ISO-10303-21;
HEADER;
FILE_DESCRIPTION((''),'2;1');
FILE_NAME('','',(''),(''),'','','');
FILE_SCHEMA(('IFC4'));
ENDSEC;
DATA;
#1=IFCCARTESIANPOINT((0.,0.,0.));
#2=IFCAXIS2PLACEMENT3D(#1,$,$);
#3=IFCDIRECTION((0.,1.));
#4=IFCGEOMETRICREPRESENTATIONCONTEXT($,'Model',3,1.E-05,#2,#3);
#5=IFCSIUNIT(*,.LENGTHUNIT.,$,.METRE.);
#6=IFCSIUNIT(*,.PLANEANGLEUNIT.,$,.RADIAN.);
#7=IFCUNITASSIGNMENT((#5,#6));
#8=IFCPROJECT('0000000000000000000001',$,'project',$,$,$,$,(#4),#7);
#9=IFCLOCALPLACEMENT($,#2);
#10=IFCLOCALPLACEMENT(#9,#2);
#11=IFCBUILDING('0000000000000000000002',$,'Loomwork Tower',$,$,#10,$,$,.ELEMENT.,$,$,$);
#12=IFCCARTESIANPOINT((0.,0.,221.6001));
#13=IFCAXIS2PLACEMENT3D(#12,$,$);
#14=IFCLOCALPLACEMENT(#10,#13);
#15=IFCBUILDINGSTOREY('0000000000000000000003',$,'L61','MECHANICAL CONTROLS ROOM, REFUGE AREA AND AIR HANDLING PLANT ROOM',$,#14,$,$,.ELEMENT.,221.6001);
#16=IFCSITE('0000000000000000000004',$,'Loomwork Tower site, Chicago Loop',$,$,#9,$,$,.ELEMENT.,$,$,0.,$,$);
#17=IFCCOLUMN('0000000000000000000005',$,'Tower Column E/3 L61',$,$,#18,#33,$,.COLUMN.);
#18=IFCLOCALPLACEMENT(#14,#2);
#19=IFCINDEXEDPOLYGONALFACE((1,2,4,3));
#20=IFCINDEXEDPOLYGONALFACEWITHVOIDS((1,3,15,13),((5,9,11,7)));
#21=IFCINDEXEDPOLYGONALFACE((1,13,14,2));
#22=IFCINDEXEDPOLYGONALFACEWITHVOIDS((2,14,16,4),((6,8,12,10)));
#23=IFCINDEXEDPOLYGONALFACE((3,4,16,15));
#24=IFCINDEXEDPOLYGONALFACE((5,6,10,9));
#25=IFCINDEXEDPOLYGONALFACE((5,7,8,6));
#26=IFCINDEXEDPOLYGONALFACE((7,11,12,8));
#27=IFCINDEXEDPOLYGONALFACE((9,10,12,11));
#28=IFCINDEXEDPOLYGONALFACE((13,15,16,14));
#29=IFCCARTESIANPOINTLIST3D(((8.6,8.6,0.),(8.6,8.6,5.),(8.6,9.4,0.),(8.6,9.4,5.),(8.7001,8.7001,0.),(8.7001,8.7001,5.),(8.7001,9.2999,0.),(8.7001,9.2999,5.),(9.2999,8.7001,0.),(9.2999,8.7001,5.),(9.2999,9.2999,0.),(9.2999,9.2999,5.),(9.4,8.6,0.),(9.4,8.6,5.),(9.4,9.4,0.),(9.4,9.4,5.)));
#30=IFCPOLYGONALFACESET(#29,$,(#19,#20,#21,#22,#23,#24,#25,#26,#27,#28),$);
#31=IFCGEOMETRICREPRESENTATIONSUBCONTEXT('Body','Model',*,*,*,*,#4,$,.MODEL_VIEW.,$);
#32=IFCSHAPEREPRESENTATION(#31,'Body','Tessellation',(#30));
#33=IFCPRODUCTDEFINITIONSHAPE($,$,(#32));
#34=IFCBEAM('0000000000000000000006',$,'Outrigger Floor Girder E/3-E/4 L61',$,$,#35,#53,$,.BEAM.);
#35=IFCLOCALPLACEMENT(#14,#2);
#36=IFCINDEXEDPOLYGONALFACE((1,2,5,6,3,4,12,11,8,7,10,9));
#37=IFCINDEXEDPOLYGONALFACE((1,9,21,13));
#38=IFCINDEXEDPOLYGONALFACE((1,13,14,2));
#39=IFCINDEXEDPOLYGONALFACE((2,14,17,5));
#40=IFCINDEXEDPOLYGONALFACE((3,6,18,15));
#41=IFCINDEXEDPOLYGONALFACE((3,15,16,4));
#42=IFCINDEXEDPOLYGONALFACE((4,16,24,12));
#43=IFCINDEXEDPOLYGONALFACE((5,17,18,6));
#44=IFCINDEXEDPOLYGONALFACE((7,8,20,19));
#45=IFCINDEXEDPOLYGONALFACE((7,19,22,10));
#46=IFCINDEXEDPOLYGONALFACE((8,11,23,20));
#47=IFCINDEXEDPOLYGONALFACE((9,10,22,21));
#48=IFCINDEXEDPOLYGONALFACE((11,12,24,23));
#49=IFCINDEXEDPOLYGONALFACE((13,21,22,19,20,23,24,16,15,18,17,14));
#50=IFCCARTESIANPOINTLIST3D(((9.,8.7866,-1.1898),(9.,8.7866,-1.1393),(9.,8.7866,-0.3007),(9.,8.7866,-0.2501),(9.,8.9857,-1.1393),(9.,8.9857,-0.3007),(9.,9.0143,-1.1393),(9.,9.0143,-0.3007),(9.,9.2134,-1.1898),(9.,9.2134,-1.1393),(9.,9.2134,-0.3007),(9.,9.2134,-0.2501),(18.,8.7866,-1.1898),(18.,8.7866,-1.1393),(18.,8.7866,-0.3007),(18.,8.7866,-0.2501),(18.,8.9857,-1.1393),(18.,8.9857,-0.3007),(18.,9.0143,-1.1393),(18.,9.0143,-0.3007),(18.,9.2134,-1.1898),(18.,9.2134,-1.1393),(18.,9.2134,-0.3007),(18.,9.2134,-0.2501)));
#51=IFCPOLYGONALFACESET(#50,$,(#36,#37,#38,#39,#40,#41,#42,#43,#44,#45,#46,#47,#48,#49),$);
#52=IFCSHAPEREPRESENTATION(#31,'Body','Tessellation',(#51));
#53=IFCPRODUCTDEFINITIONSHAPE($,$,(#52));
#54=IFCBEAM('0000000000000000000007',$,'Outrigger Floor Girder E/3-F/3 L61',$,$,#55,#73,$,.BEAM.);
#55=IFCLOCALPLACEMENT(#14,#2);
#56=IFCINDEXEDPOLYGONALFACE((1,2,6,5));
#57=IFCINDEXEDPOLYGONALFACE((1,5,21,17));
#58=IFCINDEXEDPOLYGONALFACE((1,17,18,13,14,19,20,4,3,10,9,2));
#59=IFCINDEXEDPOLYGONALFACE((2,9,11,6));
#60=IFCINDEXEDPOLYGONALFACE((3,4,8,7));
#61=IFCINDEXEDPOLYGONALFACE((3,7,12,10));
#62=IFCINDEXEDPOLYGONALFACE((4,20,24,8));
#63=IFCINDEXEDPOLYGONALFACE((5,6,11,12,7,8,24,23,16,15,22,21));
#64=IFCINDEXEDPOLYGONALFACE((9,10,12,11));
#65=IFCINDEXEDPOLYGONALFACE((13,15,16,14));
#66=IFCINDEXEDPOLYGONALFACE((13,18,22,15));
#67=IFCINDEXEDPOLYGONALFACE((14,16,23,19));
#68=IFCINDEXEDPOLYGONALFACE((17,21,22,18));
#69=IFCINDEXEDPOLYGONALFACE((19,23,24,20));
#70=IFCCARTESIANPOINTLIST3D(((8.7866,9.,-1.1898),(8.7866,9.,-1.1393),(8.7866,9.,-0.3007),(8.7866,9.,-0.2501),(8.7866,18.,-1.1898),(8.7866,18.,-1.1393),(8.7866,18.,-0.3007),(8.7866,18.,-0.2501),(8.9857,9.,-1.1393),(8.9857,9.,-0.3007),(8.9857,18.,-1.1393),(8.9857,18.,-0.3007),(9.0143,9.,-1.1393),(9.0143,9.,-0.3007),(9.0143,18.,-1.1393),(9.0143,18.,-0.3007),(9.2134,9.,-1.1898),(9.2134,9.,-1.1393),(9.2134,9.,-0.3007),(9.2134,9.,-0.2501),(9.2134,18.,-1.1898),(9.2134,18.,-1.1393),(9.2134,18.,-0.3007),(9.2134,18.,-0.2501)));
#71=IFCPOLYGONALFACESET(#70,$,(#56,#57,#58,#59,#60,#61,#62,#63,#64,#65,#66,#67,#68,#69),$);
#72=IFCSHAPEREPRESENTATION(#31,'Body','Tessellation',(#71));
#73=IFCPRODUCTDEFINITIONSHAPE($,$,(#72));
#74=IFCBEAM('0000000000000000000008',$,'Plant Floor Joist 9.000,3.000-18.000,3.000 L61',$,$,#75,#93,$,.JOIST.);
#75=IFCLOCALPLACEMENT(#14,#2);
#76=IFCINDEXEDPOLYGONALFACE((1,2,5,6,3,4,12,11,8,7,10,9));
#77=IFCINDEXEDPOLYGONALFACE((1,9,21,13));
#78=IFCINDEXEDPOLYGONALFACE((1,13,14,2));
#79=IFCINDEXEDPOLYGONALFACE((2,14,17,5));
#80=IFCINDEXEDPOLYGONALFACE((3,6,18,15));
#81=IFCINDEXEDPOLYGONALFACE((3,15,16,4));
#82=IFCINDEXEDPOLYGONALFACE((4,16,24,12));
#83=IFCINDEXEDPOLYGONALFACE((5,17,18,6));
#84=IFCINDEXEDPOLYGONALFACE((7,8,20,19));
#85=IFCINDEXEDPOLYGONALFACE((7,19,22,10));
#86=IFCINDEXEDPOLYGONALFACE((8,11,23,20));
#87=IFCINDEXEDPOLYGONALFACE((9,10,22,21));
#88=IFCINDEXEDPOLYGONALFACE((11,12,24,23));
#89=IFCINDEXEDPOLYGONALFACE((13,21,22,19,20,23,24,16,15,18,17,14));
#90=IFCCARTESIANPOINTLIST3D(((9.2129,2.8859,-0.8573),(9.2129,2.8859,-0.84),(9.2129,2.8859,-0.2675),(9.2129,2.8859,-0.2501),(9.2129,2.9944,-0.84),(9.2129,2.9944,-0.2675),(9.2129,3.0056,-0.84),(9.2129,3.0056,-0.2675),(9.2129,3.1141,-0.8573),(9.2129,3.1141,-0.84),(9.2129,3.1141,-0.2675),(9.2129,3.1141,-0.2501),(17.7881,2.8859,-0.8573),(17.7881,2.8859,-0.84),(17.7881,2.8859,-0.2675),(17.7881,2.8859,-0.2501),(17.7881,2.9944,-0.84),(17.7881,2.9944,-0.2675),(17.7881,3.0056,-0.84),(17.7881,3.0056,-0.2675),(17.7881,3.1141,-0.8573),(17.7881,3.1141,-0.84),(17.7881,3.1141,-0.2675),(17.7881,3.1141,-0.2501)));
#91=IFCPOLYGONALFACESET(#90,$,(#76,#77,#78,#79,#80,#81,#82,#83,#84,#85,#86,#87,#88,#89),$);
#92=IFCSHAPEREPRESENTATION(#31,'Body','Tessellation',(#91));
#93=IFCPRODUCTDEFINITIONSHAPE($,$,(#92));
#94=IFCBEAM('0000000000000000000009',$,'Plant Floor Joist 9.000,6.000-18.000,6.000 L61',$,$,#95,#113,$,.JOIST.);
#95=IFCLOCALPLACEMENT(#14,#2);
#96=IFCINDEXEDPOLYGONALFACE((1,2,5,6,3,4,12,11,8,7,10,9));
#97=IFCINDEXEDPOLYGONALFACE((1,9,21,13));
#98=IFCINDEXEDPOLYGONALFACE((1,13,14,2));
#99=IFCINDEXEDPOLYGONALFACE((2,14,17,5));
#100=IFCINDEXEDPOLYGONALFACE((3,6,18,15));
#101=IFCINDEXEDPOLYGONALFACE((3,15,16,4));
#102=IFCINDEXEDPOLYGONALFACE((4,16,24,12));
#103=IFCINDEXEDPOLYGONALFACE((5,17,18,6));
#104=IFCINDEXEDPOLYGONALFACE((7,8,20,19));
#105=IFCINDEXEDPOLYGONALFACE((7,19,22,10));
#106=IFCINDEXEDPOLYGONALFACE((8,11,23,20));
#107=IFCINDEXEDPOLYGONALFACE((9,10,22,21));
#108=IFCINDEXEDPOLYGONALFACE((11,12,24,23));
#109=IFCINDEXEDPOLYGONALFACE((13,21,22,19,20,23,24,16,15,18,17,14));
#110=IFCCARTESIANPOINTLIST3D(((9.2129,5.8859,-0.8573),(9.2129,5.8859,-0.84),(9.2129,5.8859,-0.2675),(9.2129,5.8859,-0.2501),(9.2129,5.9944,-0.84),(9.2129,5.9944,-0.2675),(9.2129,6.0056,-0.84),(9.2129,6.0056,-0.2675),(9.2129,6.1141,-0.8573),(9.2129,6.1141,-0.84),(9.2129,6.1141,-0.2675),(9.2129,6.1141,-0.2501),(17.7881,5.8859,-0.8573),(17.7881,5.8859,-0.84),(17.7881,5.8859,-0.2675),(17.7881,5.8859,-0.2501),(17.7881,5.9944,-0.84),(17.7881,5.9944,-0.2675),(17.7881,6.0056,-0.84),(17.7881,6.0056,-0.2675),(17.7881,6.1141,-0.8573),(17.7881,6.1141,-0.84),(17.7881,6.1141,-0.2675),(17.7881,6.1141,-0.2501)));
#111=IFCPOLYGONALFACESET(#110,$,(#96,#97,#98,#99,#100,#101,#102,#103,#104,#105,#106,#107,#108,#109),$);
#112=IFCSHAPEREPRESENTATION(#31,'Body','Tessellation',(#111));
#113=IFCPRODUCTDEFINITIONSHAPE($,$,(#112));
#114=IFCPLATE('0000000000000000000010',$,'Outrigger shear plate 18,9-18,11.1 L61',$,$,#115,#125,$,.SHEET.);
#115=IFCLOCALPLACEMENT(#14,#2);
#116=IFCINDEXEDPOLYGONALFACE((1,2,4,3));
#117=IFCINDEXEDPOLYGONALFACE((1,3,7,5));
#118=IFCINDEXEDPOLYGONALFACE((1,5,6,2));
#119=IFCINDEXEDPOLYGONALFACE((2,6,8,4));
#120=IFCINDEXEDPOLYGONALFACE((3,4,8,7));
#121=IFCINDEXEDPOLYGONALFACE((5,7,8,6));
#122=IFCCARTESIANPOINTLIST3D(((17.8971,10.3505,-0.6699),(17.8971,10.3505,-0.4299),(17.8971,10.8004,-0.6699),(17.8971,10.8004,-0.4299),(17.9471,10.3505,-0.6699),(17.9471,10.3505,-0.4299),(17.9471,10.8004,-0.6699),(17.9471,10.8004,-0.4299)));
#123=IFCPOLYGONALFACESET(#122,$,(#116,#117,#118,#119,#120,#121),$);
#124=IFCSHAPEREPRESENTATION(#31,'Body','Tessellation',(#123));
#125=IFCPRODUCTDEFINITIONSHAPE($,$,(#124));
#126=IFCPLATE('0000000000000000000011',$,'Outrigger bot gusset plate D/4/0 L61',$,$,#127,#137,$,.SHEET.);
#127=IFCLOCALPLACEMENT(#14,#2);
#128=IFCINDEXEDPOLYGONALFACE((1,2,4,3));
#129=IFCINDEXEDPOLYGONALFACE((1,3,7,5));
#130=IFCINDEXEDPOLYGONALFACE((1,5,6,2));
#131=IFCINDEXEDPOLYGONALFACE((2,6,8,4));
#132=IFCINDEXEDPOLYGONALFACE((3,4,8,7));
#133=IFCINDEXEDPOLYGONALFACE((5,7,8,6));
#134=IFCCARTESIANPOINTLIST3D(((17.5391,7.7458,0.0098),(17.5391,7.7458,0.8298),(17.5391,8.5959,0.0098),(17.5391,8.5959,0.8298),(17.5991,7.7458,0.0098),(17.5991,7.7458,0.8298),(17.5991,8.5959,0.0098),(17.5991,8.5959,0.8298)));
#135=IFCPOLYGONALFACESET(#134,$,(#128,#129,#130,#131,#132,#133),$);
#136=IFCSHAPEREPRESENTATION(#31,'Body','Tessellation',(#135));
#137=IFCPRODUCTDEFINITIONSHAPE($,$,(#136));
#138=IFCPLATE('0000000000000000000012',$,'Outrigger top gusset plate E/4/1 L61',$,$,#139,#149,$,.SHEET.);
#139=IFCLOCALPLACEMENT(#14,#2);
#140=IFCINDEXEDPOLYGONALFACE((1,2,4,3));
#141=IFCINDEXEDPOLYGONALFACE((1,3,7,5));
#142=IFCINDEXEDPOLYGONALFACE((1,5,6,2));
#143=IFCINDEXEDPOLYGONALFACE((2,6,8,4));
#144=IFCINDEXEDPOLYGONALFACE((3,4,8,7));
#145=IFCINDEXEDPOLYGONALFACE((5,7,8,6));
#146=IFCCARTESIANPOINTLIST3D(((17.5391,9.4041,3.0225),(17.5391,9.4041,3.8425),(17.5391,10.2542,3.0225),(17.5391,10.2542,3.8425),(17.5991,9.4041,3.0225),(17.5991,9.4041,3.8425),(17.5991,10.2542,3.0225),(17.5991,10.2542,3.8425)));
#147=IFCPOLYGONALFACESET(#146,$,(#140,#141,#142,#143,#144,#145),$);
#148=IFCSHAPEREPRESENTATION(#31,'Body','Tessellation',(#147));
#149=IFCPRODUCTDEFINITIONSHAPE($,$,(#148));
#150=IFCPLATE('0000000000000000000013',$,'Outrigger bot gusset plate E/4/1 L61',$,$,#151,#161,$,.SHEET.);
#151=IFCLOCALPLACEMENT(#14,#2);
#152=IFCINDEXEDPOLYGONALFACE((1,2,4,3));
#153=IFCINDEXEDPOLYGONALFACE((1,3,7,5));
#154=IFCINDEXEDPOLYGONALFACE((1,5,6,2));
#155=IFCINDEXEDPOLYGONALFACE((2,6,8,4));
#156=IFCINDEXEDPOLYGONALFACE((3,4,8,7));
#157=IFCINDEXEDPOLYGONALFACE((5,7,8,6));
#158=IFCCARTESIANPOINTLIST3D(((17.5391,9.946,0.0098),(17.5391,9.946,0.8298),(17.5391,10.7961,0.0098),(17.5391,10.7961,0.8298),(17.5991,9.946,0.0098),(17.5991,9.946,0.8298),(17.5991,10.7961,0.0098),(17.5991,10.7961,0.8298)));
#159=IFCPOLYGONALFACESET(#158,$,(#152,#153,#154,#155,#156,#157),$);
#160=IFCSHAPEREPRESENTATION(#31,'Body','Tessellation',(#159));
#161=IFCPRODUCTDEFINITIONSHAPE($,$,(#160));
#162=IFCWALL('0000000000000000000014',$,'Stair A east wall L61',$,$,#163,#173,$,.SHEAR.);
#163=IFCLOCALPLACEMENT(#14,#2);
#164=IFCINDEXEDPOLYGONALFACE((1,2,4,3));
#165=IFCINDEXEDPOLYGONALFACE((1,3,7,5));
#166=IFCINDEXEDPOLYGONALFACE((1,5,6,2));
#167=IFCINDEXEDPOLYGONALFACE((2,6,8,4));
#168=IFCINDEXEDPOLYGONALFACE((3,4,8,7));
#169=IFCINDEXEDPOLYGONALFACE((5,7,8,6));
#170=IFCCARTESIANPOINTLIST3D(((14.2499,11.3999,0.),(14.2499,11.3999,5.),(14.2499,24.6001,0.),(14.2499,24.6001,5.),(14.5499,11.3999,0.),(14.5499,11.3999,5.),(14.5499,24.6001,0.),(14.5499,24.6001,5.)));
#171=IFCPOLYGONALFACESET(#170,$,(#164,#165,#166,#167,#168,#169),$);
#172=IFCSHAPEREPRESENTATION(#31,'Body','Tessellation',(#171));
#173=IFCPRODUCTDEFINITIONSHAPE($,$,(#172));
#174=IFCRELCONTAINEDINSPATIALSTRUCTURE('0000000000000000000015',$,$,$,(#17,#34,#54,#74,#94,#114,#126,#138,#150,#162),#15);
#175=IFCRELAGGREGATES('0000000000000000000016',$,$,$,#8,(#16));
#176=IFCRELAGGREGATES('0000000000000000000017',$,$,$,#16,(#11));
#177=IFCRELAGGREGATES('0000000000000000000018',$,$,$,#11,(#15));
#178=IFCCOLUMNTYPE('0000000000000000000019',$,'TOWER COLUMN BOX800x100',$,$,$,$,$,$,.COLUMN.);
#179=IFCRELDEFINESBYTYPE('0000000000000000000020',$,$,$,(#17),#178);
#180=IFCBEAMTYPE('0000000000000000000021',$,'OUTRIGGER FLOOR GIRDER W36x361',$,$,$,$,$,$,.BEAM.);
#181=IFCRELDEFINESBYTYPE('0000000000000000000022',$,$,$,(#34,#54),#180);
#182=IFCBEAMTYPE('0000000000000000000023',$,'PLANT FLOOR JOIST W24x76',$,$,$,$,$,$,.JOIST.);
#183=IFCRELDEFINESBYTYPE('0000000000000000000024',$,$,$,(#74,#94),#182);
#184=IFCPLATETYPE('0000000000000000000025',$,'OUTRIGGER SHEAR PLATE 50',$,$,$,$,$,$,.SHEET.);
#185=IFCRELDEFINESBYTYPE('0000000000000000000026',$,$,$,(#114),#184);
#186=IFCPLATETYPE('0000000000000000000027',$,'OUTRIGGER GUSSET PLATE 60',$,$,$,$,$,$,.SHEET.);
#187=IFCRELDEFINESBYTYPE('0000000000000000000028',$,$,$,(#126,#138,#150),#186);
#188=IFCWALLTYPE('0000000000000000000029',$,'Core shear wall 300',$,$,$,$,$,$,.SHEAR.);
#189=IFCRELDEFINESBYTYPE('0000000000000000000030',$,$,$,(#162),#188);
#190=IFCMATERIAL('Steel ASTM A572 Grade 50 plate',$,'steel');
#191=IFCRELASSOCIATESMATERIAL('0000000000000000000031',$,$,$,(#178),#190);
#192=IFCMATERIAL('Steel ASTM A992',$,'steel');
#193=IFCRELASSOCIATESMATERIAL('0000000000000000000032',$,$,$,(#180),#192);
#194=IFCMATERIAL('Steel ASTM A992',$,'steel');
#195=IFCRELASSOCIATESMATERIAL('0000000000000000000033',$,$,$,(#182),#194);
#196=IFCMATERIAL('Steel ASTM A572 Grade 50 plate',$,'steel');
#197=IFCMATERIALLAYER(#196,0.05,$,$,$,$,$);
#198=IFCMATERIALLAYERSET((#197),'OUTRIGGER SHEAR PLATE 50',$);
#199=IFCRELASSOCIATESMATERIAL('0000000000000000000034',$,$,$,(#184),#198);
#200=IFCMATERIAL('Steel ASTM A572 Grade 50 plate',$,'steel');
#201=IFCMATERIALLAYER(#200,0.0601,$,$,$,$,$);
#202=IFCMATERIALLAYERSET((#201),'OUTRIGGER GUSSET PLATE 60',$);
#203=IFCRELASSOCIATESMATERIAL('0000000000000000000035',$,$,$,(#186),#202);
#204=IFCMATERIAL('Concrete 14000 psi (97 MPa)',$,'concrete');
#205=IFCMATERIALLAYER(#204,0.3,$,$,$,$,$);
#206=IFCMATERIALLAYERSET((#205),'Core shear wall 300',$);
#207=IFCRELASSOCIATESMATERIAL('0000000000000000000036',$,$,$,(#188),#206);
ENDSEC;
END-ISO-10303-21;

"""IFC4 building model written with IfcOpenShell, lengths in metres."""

from ifc_helpers import new_model, si_unit, direction, frame, frame_2d, origin, origin_2d, place, context, subcontext, project, spatial, rectangle, hollow_rectangle, i_section, extrude, material, layer, layer_set, material_profile, profile_set, type_object, element, save


model = new_model("IFC4")

# Units and contexts
model_context = context("Model", 3, precision=1e-05, world=origin(), true_north=direction((0.0, 1.0)))
body_context = subcontext(model_context, "Body", "Model", "MODEL_VIEW")
ifc_project = project(units=[si_unit("LENGTHUNIT", "METRE"), si_unit("PLANEANGLEUNIT", "RADIAN")], contexts=[model_context])

# Site, building, storey
site_placement = place(None, origin())
site = spatial("IfcSite", under=ifc_project, at=site_placement, Name="Loomwork Tower site, Chicago Loop", CompositionType="ELEMENT", RefElevation=0.0)
building_placement = place(site_placement, origin())
building = spatial("IfcBuilding", under=site, at=building_placement, Name="Loomwork Tower", CompositionType="ELEMENT")
storey_placement = place(building_placement, frame((0.0, 0.0, 221.6001)))
storey = spatial("IfcBuildingStorey", under=building, at=storey_placement, Name="L61", Description="MECHANICAL CONTROLS ROOM, REFUGE AREA AND AIR HANDLING PLANT ROOM", CompositionType="ELEMENT", Elevation=221.6001)

# Column
ifc_material_1 = material(Name="Steel ASTM A572 Grade 50 plate", Category="steel")
ifc_material_profile_1 = material_profile(ifc_material_1, hollow_rectangle(XDim=0.8, YDim=0.8, WallThickness=0.1001, at=origin_2d()), Name="BOX800x100")
ifc_profile_set_1 = profile_set([ifc_material_profile_1], Name="Steel ASTM A572 Grade 50 plate")
column_type = type_object("IfcColumnType", Name="TOWER COLUMN BOX800x100", PredefinedType="COLUMN", material=ifc_profile_set_1)
column_placement = place(storey_placement, frame((9.0, 9.0, 0.0), z_axis=(0.0, 0.0, 1.0), x_axis=(1.0, 0.0, 0.0)))
element("IfcColumn", 1, at=column_placement, inside=storey, type_object=column_type, Name="Tower Column E/3 L61", PredefinedType="COLUMN", context=body_context, shape_type="SweptSolid", body=[
    extrude(hollow_rectangle(XDim=0.8, YDim=0.8, WallThickness=0.1001, at=origin_2d()), origin(), (0.0, 0.0, 1.0), 5.0),
])

# Beams
ifc_material_2 = material(Name="Steel ASTM A992", Category="steel")
ifc_material_profile_2 = material_profile(ifc_material_2, i_section(OverallWidth=0.4268, OverallDepth=0.9397, WebThickness=0.0286, FlangeThickness=0.0505, at=origin_2d()), Name="W36x361")
ifc_profile_set_2 = profile_set([ifc_material_profile_2], Name="Steel ASTM A992")
beam_type_1 = type_object("IfcBeamType", Name="OUTRIGGER FLOOR GIRDER W36x361", PredefinedType="BEAM", material=ifc_profile_set_2)
for number, where, z_axis, x_axis, name in (
    (2, (9.0, 9.0, -0.72), (1.0, 0.0, 0.0), (0.0, 1.0, 0.0), "Outrigger Floor Girder E/3-E/4 L61"),
    (3, (9.0, 9.0, -0.72), (0.0, 1.0, 0.0), (-1.0, 0.0, 0.0), "Outrigger Floor Girder E/3-F/3 L61"),
):
    element("IfcBeam", number, at=place(storey_placement, frame(where, z_axis=z_axis, x_axis=x_axis)), inside=storey, type_object=beam_type_1, Name=name, PredefinedType="BEAM", context=body_context, shape_type="SweptSolid", body=[
        extrude(i_section(OverallWidth=0.4268, OverallDepth=0.9397, WebThickness=0.0286, FlangeThickness=0.0505, at=origin_2d()), origin(), (0.0, 0.0, 1.0), 9.0),
    ])
ifc_material_3 = material(Name="Steel ASTM A992", Category="steel")
ifc_material_profile_3 = material_profile(ifc_material_3, i_section(OverallWidth=0.2283, OverallDepth=0.6072, WebThickness=0.0112, FlangeThickness=0.0173, at=origin_2d()), Name="W24x76")
ifc_profile_set_3 = profile_set([ifc_material_profile_3], Name="Steel ASTM A992")
beam_type_2 = type_object("IfcBeamType", Name="PLANT FLOOR JOIST W24x76", PredefinedType="JOIST", material=ifc_profile_set_3)
for number, where, z_axis, x_axis, name in (
    (4, (9.2129, 3.0, -0.5537), (1.0, 0.0, 0.0), (0.0, 1.0, 0.0), "Plant Floor Joist 9.000,3.000-18.000,3.000 L61"),
    (5, (9.2129, 6.0, -0.5537), (1.0, 0.0, 0.0), (0.0, 1.0, 0.0), "Plant Floor Joist 9.000,6.000-18.000,6.000 L61"),
):
    element("IfcBeam", number, at=place(storey_placement, frame(where, z_axis=z_axis, x_axis=x_axis)), inside=storey, type_object=beam_type_2, Name=name, PredefinedType="JOIST", context=body_context, shape_type="SweptSolid", body=[
        extrude(i_section(OverallWidth=0.2283, OverallDepth=0.6072, WebThickness=0.0112, FlangeThickness=0.0173, at=origin_2d()), origin(), (0.0, 0.0, 1.0), 8.5752),
    ])

# Plates
ifc_material_4 = material(Name="Steel ASTM A572 Grade 50 plate", Category="steel")
ifc_layer_1 = layer(ifc_material_4, 0.05)
ifc_layer_set_1 = layer_set([ifc_layer_1], Name="OUTRIGGER SHEAR PLATE 50")
plate_type_1 = type_object("IfcPlateType", Name="OUTRIGGER SHEAR PLATE 50", PredefinedType="SHEET", material=ifc_layer_set_1)
plate_placement = place(storey_placement, frame((17.9221, 10.5754, -0.6699), z_axis=(0.0, 0.0, 1.0), x_axis=(0.0, 1.0, 0.0)))
element("IfcPlate", 6, at=plate_placement, inside=storey, type_object=plate_type_1, Name="Outrigger shear plate 18,9-18,11.1 L61", PredefinedType="SHEET", context=body_context, shape_type="SweptSolid", body=[
    extrude(rectangle(XDim=0.45, YDim=0.05, at=origin_2d()), origin(), (0.0, 0.0, 1.0), 0.24),
])
ifc_material_5 = material(Name="Steel ASTM A572 Grade 50 plate", Category="steel")
ifc_layer_2 = layer(ifc_material_5, 0.0601)
ifc_layer_set_2 = layer_set([ifc_layer_2], Name="OUTRIGGER GUSSET PLATE 60")
plate_type_2 = type_object("IfcPlateType", Name="OUTRIGGER GUSSET PLATE 60", PredefinedType="SHEET", material=ifc_layer_set_2)
for number, where, z_axis, x_axis, name in (
    (7, (17.5691, 8.1709, 0.0098), (0.0, 0.0, 1.0), (0.0, 1.0, 0.0), "Outrigger bot gusset plate D/4/0 L61"),
    (8, (17.5691, 9.8291, 3.0225), (0.0, 0.0, 1.0), (0.0, 1.0, 0.0), "Outrigger top gusset plate E/4/1 L61"),
    (9, (17.5691, 10.3711, 0.0098), (0.0, 0.0, 1.0), (0.0, 1.0, 0.0), "Outrigger bot gusset plate E/4/1 L61"),
):
    element("IfcPlate", number, at=place(storey_placement, frame(where, z_axis=z_axis, x_axis=x_axis)), inside=storey, type_object=plate_type_2, Name=name, PredefinedType="SHEET", context=body_context, shape_type="SweptSolid", body=[
        extrude(rectangle(XDim=0.8501, YDim=0.0601, at=origin_2d()), origin(), (0.0, 0.0, 1.0), 0.8201),
    ])

# Wall
ifc_material_6 = material(Name="Concrete 14000 psi (97 MPa)", Category="concrete")
ifc_layer_3 = layer(ifc_material_6, 0.3)
ifc_layer_set_3 = layer_set([ifc_layer_3], Name="Core shear wall 300")
wall_type_1 = type_object("IfcWallType", Name="Core shear wall 300", PredefinedType="SHEAR", material=ifc_layer_set_3)
wall_1_placement = place(storey_placement, frame((14.3999, 11.3999, 0.0), z_axis=(0.0, 0.0, 1.0), x_axis=(0.0, 1.0, 0.0)))
element("IfcWall", 10, at=wall_1_placement, inside=storey, type_object=wall_type_1, Name="Stair A east wall L61", PredefinedType="SHEAR", context=body_context, shape_type="SweptSolid", body=[
    extrude(rectangle(XDim=13.2002, YDim=0.3, at=frame_2d((6.6001, 0.0))), origin(), (0.0, 0.0, 1.0), 5.0),
])

save(model, "model.ifc")
